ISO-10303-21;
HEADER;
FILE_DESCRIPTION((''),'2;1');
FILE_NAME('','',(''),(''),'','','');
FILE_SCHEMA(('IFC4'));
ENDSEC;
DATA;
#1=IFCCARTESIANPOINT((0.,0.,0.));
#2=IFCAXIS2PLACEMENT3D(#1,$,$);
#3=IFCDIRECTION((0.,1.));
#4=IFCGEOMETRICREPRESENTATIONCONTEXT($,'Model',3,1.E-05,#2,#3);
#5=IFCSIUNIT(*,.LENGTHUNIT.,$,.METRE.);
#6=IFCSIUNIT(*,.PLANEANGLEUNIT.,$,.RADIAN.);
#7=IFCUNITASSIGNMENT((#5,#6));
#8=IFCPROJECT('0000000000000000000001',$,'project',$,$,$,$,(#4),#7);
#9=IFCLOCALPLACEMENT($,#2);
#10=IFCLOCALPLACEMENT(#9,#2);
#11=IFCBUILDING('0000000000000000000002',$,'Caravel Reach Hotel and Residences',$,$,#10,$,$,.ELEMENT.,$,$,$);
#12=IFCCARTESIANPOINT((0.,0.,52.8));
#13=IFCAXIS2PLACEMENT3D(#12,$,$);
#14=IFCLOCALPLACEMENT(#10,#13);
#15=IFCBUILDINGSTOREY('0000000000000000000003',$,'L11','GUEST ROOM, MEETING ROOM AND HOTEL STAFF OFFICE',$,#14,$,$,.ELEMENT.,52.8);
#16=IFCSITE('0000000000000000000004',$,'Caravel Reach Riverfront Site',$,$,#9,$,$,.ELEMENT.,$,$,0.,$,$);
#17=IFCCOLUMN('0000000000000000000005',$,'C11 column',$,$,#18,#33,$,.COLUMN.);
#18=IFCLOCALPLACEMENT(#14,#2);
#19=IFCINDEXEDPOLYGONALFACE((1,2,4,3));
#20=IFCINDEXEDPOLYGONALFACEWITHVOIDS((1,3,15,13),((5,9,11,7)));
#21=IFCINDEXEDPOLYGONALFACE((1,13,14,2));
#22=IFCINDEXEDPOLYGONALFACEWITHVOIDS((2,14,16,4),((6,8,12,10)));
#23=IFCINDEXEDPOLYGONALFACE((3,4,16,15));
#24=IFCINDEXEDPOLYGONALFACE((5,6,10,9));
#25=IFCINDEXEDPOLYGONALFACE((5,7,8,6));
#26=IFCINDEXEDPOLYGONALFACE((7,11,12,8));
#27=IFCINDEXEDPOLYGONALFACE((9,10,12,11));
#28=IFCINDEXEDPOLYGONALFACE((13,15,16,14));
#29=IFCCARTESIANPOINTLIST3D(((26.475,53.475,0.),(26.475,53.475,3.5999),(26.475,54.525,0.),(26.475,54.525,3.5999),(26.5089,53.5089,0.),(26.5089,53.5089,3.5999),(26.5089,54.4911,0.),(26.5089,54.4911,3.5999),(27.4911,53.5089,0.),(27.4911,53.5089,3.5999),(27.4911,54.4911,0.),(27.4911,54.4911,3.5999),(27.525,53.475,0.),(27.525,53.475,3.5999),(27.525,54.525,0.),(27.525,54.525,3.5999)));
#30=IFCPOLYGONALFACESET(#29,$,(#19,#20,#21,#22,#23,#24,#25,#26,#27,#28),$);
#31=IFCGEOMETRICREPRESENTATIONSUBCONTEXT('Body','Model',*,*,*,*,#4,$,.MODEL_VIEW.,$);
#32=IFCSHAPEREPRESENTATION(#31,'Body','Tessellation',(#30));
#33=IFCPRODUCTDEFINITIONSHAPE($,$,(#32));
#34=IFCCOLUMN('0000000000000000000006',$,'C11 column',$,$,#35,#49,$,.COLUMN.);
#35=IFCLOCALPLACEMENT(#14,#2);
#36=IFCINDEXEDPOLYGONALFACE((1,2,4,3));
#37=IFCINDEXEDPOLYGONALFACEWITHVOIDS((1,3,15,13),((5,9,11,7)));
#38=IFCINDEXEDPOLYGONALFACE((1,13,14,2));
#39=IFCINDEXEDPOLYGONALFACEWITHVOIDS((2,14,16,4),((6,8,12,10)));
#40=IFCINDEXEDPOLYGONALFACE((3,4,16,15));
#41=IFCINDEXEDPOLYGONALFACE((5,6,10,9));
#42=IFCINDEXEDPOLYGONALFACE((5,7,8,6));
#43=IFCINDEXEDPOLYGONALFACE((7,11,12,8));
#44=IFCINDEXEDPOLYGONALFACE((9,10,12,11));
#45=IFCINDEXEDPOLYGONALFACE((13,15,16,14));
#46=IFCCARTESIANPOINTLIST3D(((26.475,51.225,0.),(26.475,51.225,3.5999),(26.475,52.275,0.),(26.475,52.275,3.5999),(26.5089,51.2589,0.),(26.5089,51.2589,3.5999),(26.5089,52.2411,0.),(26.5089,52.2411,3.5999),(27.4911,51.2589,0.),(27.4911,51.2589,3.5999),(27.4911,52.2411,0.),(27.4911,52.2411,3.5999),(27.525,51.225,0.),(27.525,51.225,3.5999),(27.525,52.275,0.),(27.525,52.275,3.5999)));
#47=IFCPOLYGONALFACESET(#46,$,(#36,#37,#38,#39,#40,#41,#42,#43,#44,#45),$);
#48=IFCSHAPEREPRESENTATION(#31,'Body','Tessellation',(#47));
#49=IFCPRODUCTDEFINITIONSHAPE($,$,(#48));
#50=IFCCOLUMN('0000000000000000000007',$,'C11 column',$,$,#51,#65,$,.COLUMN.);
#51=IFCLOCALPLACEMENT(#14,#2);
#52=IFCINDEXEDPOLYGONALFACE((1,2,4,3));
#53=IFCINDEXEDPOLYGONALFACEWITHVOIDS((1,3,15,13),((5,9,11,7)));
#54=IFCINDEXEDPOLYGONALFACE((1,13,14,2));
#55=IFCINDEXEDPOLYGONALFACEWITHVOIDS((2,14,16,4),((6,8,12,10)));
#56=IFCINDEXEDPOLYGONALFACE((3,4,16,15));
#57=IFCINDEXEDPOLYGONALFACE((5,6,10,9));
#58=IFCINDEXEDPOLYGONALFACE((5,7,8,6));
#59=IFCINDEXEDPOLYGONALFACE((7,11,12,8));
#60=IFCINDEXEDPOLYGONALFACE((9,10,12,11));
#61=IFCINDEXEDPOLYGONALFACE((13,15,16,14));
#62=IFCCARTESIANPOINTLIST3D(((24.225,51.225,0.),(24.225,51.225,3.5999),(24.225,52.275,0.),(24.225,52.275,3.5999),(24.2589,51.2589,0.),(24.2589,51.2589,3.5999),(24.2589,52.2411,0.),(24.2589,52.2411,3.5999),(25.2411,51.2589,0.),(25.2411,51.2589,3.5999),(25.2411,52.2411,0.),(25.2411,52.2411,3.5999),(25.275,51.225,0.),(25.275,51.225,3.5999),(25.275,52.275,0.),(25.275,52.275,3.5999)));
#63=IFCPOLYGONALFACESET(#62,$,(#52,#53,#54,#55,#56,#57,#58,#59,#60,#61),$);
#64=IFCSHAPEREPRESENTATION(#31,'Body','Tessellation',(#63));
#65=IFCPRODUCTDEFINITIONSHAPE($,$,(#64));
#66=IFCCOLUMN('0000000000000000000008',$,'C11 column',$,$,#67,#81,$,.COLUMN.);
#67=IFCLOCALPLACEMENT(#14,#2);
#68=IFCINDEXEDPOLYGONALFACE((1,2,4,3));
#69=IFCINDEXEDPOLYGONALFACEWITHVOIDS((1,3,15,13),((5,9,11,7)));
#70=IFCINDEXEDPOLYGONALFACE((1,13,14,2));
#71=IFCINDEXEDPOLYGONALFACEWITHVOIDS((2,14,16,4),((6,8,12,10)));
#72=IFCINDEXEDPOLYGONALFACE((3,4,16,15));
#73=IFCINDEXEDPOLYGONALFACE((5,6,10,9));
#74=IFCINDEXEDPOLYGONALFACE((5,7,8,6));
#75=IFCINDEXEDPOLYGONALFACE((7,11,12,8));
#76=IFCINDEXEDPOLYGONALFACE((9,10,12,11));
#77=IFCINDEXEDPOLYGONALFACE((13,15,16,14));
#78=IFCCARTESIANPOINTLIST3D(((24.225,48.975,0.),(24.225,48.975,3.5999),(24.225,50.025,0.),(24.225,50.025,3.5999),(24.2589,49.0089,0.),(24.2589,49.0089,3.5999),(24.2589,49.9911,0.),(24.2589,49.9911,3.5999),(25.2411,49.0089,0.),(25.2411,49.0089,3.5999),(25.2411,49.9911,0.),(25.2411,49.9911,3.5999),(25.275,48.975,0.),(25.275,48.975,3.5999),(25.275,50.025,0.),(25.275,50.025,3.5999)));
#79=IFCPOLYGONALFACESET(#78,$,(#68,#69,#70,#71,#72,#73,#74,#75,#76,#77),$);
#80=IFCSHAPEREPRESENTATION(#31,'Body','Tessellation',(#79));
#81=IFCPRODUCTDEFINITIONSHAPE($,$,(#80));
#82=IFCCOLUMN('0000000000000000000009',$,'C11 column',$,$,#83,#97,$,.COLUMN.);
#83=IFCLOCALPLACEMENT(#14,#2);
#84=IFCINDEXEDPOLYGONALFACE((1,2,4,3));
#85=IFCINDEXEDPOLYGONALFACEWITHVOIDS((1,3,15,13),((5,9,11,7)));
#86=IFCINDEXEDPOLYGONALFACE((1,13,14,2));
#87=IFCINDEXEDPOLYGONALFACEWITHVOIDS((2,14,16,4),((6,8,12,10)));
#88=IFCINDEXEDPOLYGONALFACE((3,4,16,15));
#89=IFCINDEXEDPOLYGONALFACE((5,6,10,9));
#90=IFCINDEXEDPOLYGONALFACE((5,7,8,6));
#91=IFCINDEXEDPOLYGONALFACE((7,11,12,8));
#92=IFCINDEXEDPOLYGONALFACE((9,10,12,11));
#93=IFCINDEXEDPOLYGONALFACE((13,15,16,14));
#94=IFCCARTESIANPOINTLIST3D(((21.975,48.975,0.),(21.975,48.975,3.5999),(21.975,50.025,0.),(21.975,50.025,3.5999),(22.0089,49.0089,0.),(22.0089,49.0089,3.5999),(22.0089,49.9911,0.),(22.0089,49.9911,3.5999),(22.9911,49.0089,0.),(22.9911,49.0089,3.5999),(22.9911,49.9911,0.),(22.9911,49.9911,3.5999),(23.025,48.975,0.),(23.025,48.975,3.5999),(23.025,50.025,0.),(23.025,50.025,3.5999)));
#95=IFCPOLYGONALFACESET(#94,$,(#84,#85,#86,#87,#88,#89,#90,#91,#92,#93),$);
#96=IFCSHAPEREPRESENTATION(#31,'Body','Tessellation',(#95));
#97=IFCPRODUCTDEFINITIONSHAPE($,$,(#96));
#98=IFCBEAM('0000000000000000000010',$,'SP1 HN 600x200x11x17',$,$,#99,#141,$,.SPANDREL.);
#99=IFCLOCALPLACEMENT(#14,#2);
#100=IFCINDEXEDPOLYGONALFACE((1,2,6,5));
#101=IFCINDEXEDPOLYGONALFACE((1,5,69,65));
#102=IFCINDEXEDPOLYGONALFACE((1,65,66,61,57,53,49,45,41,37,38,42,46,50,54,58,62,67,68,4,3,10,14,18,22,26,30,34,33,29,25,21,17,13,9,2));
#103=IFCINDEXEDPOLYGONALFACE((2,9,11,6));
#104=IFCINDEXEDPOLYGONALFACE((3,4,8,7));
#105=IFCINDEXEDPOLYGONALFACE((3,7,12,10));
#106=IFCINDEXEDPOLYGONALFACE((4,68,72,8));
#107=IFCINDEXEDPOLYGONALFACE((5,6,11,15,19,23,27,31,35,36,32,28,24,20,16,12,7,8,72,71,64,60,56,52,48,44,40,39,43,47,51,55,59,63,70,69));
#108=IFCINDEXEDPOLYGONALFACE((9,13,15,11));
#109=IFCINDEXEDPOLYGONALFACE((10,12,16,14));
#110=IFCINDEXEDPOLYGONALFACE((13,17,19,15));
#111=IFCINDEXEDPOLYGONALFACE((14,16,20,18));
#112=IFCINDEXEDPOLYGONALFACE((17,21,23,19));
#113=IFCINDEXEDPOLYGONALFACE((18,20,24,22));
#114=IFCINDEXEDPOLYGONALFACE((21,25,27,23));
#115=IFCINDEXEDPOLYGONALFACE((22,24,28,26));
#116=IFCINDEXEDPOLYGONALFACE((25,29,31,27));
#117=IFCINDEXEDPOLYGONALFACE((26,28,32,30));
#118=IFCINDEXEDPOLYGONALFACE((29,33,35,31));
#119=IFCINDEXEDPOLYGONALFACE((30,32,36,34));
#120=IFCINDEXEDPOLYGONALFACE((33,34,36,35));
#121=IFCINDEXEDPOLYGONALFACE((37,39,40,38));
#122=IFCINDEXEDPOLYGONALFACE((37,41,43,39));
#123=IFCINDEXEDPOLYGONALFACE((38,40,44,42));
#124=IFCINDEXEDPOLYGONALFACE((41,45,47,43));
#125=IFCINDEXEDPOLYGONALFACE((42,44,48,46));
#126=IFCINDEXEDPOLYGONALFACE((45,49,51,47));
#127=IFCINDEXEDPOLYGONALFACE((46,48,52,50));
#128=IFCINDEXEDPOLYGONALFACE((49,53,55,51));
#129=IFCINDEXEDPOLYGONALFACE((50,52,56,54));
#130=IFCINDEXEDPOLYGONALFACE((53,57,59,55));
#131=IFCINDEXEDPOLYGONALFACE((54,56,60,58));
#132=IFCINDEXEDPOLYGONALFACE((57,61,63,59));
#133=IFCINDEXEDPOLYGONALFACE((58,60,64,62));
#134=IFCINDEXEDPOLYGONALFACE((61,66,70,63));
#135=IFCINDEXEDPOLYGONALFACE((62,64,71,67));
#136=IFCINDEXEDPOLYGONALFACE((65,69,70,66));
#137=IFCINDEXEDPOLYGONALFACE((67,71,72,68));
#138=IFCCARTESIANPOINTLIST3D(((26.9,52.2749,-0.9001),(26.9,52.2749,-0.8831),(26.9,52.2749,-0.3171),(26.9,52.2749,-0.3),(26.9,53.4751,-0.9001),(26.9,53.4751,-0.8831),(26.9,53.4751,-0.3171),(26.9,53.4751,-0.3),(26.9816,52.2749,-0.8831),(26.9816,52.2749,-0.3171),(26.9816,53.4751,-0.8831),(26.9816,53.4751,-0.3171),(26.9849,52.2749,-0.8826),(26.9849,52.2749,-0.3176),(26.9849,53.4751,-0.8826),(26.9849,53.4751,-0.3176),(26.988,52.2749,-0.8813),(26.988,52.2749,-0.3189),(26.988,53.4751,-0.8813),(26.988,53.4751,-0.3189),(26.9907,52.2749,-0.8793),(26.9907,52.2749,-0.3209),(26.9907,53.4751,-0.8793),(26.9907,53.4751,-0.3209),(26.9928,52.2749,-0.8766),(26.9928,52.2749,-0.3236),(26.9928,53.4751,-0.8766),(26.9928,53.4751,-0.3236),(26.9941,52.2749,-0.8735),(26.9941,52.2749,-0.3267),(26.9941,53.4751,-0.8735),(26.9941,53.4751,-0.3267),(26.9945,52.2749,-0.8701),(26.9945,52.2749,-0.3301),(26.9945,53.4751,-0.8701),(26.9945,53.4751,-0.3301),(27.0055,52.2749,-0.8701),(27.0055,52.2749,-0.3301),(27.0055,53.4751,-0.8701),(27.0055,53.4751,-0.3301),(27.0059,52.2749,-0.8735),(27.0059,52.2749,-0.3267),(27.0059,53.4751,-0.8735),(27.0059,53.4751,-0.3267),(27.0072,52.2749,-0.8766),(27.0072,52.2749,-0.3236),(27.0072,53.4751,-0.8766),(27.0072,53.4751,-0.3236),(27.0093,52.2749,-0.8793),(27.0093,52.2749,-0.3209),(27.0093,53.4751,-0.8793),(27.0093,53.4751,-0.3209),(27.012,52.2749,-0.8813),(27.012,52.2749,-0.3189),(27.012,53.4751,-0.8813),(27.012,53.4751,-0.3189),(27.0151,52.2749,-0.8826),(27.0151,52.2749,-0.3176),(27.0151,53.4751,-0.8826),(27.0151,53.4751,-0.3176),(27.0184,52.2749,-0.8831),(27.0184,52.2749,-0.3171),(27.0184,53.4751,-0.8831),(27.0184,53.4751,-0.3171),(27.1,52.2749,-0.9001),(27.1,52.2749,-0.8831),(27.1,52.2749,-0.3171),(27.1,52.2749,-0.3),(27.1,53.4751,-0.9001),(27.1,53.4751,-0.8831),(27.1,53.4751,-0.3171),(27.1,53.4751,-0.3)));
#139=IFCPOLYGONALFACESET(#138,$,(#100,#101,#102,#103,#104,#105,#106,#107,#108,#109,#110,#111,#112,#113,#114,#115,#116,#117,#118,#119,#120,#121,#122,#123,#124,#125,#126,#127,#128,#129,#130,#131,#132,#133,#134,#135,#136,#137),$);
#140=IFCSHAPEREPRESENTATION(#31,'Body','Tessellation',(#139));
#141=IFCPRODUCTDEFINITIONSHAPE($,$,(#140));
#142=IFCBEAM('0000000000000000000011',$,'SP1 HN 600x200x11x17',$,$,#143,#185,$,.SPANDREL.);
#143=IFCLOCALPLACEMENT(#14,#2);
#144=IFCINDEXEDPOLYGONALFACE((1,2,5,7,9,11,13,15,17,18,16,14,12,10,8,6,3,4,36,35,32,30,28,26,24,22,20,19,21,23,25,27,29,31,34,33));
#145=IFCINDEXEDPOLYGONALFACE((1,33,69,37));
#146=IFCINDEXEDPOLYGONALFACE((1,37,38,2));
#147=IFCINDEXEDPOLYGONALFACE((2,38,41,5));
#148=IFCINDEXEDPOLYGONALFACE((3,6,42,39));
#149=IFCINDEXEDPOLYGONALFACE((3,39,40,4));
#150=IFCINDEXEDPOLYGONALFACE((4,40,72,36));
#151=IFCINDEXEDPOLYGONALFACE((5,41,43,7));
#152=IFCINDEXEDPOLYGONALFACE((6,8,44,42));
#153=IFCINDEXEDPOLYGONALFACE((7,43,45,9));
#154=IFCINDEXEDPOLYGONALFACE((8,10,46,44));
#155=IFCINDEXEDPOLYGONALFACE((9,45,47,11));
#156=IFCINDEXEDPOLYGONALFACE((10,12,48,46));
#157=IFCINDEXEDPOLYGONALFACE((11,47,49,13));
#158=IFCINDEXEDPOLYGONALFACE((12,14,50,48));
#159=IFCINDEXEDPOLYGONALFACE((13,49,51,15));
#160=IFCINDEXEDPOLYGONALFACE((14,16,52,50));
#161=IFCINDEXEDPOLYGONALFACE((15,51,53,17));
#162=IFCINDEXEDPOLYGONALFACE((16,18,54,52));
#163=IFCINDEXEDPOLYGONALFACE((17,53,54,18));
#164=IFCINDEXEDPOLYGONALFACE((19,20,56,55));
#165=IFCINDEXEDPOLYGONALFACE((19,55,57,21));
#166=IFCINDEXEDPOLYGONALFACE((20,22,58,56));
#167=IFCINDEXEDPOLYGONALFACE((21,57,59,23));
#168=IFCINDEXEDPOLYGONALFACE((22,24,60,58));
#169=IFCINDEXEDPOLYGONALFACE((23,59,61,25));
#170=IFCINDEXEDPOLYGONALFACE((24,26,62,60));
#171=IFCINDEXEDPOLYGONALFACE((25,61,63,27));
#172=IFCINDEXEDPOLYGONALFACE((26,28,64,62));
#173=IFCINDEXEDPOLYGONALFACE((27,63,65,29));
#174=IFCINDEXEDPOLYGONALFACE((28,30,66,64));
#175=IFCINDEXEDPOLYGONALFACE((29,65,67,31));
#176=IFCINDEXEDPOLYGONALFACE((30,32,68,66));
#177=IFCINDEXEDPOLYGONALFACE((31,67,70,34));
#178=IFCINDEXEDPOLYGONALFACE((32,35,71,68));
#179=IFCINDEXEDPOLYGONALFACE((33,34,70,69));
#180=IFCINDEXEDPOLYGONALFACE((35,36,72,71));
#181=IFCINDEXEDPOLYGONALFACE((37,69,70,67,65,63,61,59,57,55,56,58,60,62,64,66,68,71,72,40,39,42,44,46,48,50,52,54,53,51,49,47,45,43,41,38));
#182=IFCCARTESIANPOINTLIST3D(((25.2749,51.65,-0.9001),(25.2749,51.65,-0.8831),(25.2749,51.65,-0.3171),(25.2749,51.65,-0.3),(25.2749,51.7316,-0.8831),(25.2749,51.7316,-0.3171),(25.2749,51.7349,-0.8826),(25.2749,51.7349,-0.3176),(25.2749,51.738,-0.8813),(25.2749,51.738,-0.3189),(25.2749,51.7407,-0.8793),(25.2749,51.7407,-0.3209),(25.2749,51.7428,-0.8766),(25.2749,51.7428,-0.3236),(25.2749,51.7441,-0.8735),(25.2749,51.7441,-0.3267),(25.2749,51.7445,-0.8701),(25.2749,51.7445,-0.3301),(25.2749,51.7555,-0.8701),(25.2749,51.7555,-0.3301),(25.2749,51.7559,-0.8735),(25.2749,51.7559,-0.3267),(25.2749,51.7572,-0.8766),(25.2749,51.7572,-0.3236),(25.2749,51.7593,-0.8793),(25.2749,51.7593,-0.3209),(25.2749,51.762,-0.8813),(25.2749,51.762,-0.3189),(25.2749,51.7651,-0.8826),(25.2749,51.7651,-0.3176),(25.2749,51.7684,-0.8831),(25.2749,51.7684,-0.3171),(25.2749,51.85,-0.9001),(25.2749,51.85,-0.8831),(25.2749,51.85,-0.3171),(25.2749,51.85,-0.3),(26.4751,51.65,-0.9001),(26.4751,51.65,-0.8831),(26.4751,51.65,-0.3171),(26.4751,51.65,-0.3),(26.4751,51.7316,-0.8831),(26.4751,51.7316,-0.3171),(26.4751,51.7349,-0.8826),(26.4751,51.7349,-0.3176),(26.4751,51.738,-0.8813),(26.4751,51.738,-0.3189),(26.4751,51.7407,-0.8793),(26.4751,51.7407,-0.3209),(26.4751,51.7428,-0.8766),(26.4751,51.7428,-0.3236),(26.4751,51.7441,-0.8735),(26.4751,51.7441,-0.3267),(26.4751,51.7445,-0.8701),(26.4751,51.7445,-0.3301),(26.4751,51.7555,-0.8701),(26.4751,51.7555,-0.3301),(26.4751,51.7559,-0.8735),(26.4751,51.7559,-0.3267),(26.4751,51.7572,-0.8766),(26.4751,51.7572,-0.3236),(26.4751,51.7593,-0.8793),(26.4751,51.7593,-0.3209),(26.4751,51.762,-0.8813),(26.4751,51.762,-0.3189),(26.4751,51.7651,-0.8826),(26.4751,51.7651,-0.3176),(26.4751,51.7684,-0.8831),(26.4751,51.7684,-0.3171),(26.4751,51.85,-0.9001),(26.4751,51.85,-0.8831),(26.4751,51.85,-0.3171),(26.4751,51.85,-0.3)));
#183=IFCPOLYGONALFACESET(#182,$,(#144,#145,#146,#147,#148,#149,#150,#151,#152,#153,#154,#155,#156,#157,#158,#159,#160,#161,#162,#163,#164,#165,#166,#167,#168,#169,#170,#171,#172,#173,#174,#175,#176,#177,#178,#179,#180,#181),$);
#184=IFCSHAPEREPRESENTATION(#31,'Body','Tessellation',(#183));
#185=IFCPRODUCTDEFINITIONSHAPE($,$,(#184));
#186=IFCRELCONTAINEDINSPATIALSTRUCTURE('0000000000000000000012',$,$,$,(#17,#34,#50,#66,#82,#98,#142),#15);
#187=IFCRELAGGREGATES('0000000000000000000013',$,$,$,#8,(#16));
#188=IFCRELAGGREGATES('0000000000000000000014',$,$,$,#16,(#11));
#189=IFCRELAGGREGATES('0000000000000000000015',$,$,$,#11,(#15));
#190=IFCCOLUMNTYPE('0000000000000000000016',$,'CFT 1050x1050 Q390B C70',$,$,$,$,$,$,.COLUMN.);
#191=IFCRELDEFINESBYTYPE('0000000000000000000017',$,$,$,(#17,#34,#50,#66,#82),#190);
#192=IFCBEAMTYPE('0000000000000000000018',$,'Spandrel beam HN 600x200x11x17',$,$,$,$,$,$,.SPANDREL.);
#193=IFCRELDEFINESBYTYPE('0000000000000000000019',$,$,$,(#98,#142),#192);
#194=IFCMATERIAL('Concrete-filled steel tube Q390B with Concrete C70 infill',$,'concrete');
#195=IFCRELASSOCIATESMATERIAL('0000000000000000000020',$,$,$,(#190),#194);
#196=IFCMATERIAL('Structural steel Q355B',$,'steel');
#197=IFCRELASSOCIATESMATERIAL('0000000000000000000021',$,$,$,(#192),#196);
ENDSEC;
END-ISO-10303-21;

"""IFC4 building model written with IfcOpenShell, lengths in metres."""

from ifc_helpers import new_model, si_unit, direction, frame, origin, origin_2d, place, context, subcontext, project, spatial, hollow_rectangle, i_section, extrude, material, material_profile, profile_set, type_object, element, save


model = new_model("IFC4")

# Units and contexts
model_context = context("Model", 3, precision=1e-05, world=origin(), true_north=direction((0.0, 1.0)))
body_context = subcontext(model_context, "Body", "Model", "MODEL_VIEW")
ifc_project = project(units=[si_unit("LENGTHUNIT", "METRE"), si_unit("PLANEANGLEUNIT", "RADIAN")], contexts=[model_context])

# Site, building, storey
site_placement = place(None, origin())
site = spatial("IfcSite", under=ifc_project, at=site_placement, Name="Caravel Reach Riverfront Site", CompositionType="ELEMENT", RefElevation=0.0)
building_placement = place(site_placement, origin())
building = spatial("IfcBuilding", under=site, at=building_placement, Name="Caravel Reach Hotel and Residences", CompositionType="ELEMENT")
storey_placement = place(building_placement, frame((0.0, 0.0, 52.8)))
storey = spatial("IfcBuildingStorey", under=building, at=storey_placement, Name="L11", Description="GUEST ROOM, MEETING ROOM AND HOTEL STAFF OFFICE", CompositionType="ELEMENT", Elevation=52.8)

# Columns
ifc_material_1 = material(Name="Concrete-filled steel tube Q390B with Concrete C70 infill", Category="concrete")
ifc_material_profile_1 = material_profile(ifc_material_1, hollow_rectangle(XDim=1.05, YDim=1.05, WallThickness=0.0339, at=origin_2d()), Name="RHS 1050x1050x34")
ifc_profile_set_1 = profile_set([ifc_material_profile_1], Name="Concrete-filled steel tube Q390B with Concrete C70 infill")
column_type = type_object("IfcColumnType", Name="CFT 1050x1050 Q390B C70", PredefinedType="COLUMN", material=ifc_profile_set_1)
for number, where, z_axis, x_axis, name in (
    (1, (27.0, 54.0, 0.0), (0.0, 0.0, 1.0), (1.0, 0.0, 0.0), "C11 column"),
    (2, (27.0, 51.75, 0.0), (0.0, 0.0, 1.0), (1.0, 0.0, 0.0), "C11 column"),
    (3, (24.75, 51.75, 0.0), (0.0, 0.0, 1.0), (1.0, 0.0, 0.0), "C11 column"),
    (4, (24.75, 49.5, 0.0), (0.0, 0.0, 1.0), (1.0, 0.0, 0.0), "C11 column"),
    (5, (22.5, 49.5, 0.0), (0.0, 0.0, 1.0), (1.0, 0.0, 0.0), "C11 column"),
):
    element("IfcColumn", number, at=place(storey_placement, frame(where, z_axis=z_axis, x_axis=x_axis)), inside=storey, type_object=column_type, Name=name, PredefinedType="COLUMN", context=body_context, shape_type="SweptSolid", body=[
        extrude(hollow_rectangle(XDim=1.05, YDim=1.05, WallThickness=0.0339, at=origin_2d()), origin(), (0.0, 0.0, 1.0), 3.5999),
    ])

# Beams
ifc_material_2 = material(Name="Structural steel Q355B", Category="steel")
ifc_material_profile_2 = material_profile(ifc_material_2, i_section(OverallWidth=0.2, OverallDepth=0.6001, WebThickness=0.011, FlangeThickness=0.0171, FilletRadius=0.0129, at=origin_2d()), Name="HN 600x200x11x17")
ifc_profile_set_2 = profile_set([ifc_material_profile_2], Name="Structural steel Q355B")
beam_type = type_object("IfcBeamType", Name="Spandrel beam HN 600x200x11x17", PredefinedType="SPANDREL", material=ifc_profile_set_2)
for number, where, z_axis, x_axis, name in (
    (6, (27.0, 53.4751, -0.6001), (0.0, -1.0, 0.0), (1.0, 0.0, 0.0), "SP1 HN 600x200x11x17"),
    (7, (26.4751, 51.75, -0.6001), (-1.0, 0.0, 0.0), (0.0, -1.0, 0.0), "SP1 HN 600x200x11x17"),
):
    element("IfcBeam", number, at=place(storey_placement, frame(where, z_axis=z_axis, x_axis=x_axis)), inside=storey, type_object=beam_type, Name=name, PredefinedType="SPANDREL", context=body_context, shape_type="SweptSolid", body=[
        extrude(i_section(OverallWidth=0.2, OverallDepth=0.6001, WebThickness=0.011, FlangeThickness=0.0171, FilletRadius=0.0129, at=origin_2d()), origin(), (0.0, 0.0, 1.0), 1.2002),
    ])

save(model, "model.ifc")
